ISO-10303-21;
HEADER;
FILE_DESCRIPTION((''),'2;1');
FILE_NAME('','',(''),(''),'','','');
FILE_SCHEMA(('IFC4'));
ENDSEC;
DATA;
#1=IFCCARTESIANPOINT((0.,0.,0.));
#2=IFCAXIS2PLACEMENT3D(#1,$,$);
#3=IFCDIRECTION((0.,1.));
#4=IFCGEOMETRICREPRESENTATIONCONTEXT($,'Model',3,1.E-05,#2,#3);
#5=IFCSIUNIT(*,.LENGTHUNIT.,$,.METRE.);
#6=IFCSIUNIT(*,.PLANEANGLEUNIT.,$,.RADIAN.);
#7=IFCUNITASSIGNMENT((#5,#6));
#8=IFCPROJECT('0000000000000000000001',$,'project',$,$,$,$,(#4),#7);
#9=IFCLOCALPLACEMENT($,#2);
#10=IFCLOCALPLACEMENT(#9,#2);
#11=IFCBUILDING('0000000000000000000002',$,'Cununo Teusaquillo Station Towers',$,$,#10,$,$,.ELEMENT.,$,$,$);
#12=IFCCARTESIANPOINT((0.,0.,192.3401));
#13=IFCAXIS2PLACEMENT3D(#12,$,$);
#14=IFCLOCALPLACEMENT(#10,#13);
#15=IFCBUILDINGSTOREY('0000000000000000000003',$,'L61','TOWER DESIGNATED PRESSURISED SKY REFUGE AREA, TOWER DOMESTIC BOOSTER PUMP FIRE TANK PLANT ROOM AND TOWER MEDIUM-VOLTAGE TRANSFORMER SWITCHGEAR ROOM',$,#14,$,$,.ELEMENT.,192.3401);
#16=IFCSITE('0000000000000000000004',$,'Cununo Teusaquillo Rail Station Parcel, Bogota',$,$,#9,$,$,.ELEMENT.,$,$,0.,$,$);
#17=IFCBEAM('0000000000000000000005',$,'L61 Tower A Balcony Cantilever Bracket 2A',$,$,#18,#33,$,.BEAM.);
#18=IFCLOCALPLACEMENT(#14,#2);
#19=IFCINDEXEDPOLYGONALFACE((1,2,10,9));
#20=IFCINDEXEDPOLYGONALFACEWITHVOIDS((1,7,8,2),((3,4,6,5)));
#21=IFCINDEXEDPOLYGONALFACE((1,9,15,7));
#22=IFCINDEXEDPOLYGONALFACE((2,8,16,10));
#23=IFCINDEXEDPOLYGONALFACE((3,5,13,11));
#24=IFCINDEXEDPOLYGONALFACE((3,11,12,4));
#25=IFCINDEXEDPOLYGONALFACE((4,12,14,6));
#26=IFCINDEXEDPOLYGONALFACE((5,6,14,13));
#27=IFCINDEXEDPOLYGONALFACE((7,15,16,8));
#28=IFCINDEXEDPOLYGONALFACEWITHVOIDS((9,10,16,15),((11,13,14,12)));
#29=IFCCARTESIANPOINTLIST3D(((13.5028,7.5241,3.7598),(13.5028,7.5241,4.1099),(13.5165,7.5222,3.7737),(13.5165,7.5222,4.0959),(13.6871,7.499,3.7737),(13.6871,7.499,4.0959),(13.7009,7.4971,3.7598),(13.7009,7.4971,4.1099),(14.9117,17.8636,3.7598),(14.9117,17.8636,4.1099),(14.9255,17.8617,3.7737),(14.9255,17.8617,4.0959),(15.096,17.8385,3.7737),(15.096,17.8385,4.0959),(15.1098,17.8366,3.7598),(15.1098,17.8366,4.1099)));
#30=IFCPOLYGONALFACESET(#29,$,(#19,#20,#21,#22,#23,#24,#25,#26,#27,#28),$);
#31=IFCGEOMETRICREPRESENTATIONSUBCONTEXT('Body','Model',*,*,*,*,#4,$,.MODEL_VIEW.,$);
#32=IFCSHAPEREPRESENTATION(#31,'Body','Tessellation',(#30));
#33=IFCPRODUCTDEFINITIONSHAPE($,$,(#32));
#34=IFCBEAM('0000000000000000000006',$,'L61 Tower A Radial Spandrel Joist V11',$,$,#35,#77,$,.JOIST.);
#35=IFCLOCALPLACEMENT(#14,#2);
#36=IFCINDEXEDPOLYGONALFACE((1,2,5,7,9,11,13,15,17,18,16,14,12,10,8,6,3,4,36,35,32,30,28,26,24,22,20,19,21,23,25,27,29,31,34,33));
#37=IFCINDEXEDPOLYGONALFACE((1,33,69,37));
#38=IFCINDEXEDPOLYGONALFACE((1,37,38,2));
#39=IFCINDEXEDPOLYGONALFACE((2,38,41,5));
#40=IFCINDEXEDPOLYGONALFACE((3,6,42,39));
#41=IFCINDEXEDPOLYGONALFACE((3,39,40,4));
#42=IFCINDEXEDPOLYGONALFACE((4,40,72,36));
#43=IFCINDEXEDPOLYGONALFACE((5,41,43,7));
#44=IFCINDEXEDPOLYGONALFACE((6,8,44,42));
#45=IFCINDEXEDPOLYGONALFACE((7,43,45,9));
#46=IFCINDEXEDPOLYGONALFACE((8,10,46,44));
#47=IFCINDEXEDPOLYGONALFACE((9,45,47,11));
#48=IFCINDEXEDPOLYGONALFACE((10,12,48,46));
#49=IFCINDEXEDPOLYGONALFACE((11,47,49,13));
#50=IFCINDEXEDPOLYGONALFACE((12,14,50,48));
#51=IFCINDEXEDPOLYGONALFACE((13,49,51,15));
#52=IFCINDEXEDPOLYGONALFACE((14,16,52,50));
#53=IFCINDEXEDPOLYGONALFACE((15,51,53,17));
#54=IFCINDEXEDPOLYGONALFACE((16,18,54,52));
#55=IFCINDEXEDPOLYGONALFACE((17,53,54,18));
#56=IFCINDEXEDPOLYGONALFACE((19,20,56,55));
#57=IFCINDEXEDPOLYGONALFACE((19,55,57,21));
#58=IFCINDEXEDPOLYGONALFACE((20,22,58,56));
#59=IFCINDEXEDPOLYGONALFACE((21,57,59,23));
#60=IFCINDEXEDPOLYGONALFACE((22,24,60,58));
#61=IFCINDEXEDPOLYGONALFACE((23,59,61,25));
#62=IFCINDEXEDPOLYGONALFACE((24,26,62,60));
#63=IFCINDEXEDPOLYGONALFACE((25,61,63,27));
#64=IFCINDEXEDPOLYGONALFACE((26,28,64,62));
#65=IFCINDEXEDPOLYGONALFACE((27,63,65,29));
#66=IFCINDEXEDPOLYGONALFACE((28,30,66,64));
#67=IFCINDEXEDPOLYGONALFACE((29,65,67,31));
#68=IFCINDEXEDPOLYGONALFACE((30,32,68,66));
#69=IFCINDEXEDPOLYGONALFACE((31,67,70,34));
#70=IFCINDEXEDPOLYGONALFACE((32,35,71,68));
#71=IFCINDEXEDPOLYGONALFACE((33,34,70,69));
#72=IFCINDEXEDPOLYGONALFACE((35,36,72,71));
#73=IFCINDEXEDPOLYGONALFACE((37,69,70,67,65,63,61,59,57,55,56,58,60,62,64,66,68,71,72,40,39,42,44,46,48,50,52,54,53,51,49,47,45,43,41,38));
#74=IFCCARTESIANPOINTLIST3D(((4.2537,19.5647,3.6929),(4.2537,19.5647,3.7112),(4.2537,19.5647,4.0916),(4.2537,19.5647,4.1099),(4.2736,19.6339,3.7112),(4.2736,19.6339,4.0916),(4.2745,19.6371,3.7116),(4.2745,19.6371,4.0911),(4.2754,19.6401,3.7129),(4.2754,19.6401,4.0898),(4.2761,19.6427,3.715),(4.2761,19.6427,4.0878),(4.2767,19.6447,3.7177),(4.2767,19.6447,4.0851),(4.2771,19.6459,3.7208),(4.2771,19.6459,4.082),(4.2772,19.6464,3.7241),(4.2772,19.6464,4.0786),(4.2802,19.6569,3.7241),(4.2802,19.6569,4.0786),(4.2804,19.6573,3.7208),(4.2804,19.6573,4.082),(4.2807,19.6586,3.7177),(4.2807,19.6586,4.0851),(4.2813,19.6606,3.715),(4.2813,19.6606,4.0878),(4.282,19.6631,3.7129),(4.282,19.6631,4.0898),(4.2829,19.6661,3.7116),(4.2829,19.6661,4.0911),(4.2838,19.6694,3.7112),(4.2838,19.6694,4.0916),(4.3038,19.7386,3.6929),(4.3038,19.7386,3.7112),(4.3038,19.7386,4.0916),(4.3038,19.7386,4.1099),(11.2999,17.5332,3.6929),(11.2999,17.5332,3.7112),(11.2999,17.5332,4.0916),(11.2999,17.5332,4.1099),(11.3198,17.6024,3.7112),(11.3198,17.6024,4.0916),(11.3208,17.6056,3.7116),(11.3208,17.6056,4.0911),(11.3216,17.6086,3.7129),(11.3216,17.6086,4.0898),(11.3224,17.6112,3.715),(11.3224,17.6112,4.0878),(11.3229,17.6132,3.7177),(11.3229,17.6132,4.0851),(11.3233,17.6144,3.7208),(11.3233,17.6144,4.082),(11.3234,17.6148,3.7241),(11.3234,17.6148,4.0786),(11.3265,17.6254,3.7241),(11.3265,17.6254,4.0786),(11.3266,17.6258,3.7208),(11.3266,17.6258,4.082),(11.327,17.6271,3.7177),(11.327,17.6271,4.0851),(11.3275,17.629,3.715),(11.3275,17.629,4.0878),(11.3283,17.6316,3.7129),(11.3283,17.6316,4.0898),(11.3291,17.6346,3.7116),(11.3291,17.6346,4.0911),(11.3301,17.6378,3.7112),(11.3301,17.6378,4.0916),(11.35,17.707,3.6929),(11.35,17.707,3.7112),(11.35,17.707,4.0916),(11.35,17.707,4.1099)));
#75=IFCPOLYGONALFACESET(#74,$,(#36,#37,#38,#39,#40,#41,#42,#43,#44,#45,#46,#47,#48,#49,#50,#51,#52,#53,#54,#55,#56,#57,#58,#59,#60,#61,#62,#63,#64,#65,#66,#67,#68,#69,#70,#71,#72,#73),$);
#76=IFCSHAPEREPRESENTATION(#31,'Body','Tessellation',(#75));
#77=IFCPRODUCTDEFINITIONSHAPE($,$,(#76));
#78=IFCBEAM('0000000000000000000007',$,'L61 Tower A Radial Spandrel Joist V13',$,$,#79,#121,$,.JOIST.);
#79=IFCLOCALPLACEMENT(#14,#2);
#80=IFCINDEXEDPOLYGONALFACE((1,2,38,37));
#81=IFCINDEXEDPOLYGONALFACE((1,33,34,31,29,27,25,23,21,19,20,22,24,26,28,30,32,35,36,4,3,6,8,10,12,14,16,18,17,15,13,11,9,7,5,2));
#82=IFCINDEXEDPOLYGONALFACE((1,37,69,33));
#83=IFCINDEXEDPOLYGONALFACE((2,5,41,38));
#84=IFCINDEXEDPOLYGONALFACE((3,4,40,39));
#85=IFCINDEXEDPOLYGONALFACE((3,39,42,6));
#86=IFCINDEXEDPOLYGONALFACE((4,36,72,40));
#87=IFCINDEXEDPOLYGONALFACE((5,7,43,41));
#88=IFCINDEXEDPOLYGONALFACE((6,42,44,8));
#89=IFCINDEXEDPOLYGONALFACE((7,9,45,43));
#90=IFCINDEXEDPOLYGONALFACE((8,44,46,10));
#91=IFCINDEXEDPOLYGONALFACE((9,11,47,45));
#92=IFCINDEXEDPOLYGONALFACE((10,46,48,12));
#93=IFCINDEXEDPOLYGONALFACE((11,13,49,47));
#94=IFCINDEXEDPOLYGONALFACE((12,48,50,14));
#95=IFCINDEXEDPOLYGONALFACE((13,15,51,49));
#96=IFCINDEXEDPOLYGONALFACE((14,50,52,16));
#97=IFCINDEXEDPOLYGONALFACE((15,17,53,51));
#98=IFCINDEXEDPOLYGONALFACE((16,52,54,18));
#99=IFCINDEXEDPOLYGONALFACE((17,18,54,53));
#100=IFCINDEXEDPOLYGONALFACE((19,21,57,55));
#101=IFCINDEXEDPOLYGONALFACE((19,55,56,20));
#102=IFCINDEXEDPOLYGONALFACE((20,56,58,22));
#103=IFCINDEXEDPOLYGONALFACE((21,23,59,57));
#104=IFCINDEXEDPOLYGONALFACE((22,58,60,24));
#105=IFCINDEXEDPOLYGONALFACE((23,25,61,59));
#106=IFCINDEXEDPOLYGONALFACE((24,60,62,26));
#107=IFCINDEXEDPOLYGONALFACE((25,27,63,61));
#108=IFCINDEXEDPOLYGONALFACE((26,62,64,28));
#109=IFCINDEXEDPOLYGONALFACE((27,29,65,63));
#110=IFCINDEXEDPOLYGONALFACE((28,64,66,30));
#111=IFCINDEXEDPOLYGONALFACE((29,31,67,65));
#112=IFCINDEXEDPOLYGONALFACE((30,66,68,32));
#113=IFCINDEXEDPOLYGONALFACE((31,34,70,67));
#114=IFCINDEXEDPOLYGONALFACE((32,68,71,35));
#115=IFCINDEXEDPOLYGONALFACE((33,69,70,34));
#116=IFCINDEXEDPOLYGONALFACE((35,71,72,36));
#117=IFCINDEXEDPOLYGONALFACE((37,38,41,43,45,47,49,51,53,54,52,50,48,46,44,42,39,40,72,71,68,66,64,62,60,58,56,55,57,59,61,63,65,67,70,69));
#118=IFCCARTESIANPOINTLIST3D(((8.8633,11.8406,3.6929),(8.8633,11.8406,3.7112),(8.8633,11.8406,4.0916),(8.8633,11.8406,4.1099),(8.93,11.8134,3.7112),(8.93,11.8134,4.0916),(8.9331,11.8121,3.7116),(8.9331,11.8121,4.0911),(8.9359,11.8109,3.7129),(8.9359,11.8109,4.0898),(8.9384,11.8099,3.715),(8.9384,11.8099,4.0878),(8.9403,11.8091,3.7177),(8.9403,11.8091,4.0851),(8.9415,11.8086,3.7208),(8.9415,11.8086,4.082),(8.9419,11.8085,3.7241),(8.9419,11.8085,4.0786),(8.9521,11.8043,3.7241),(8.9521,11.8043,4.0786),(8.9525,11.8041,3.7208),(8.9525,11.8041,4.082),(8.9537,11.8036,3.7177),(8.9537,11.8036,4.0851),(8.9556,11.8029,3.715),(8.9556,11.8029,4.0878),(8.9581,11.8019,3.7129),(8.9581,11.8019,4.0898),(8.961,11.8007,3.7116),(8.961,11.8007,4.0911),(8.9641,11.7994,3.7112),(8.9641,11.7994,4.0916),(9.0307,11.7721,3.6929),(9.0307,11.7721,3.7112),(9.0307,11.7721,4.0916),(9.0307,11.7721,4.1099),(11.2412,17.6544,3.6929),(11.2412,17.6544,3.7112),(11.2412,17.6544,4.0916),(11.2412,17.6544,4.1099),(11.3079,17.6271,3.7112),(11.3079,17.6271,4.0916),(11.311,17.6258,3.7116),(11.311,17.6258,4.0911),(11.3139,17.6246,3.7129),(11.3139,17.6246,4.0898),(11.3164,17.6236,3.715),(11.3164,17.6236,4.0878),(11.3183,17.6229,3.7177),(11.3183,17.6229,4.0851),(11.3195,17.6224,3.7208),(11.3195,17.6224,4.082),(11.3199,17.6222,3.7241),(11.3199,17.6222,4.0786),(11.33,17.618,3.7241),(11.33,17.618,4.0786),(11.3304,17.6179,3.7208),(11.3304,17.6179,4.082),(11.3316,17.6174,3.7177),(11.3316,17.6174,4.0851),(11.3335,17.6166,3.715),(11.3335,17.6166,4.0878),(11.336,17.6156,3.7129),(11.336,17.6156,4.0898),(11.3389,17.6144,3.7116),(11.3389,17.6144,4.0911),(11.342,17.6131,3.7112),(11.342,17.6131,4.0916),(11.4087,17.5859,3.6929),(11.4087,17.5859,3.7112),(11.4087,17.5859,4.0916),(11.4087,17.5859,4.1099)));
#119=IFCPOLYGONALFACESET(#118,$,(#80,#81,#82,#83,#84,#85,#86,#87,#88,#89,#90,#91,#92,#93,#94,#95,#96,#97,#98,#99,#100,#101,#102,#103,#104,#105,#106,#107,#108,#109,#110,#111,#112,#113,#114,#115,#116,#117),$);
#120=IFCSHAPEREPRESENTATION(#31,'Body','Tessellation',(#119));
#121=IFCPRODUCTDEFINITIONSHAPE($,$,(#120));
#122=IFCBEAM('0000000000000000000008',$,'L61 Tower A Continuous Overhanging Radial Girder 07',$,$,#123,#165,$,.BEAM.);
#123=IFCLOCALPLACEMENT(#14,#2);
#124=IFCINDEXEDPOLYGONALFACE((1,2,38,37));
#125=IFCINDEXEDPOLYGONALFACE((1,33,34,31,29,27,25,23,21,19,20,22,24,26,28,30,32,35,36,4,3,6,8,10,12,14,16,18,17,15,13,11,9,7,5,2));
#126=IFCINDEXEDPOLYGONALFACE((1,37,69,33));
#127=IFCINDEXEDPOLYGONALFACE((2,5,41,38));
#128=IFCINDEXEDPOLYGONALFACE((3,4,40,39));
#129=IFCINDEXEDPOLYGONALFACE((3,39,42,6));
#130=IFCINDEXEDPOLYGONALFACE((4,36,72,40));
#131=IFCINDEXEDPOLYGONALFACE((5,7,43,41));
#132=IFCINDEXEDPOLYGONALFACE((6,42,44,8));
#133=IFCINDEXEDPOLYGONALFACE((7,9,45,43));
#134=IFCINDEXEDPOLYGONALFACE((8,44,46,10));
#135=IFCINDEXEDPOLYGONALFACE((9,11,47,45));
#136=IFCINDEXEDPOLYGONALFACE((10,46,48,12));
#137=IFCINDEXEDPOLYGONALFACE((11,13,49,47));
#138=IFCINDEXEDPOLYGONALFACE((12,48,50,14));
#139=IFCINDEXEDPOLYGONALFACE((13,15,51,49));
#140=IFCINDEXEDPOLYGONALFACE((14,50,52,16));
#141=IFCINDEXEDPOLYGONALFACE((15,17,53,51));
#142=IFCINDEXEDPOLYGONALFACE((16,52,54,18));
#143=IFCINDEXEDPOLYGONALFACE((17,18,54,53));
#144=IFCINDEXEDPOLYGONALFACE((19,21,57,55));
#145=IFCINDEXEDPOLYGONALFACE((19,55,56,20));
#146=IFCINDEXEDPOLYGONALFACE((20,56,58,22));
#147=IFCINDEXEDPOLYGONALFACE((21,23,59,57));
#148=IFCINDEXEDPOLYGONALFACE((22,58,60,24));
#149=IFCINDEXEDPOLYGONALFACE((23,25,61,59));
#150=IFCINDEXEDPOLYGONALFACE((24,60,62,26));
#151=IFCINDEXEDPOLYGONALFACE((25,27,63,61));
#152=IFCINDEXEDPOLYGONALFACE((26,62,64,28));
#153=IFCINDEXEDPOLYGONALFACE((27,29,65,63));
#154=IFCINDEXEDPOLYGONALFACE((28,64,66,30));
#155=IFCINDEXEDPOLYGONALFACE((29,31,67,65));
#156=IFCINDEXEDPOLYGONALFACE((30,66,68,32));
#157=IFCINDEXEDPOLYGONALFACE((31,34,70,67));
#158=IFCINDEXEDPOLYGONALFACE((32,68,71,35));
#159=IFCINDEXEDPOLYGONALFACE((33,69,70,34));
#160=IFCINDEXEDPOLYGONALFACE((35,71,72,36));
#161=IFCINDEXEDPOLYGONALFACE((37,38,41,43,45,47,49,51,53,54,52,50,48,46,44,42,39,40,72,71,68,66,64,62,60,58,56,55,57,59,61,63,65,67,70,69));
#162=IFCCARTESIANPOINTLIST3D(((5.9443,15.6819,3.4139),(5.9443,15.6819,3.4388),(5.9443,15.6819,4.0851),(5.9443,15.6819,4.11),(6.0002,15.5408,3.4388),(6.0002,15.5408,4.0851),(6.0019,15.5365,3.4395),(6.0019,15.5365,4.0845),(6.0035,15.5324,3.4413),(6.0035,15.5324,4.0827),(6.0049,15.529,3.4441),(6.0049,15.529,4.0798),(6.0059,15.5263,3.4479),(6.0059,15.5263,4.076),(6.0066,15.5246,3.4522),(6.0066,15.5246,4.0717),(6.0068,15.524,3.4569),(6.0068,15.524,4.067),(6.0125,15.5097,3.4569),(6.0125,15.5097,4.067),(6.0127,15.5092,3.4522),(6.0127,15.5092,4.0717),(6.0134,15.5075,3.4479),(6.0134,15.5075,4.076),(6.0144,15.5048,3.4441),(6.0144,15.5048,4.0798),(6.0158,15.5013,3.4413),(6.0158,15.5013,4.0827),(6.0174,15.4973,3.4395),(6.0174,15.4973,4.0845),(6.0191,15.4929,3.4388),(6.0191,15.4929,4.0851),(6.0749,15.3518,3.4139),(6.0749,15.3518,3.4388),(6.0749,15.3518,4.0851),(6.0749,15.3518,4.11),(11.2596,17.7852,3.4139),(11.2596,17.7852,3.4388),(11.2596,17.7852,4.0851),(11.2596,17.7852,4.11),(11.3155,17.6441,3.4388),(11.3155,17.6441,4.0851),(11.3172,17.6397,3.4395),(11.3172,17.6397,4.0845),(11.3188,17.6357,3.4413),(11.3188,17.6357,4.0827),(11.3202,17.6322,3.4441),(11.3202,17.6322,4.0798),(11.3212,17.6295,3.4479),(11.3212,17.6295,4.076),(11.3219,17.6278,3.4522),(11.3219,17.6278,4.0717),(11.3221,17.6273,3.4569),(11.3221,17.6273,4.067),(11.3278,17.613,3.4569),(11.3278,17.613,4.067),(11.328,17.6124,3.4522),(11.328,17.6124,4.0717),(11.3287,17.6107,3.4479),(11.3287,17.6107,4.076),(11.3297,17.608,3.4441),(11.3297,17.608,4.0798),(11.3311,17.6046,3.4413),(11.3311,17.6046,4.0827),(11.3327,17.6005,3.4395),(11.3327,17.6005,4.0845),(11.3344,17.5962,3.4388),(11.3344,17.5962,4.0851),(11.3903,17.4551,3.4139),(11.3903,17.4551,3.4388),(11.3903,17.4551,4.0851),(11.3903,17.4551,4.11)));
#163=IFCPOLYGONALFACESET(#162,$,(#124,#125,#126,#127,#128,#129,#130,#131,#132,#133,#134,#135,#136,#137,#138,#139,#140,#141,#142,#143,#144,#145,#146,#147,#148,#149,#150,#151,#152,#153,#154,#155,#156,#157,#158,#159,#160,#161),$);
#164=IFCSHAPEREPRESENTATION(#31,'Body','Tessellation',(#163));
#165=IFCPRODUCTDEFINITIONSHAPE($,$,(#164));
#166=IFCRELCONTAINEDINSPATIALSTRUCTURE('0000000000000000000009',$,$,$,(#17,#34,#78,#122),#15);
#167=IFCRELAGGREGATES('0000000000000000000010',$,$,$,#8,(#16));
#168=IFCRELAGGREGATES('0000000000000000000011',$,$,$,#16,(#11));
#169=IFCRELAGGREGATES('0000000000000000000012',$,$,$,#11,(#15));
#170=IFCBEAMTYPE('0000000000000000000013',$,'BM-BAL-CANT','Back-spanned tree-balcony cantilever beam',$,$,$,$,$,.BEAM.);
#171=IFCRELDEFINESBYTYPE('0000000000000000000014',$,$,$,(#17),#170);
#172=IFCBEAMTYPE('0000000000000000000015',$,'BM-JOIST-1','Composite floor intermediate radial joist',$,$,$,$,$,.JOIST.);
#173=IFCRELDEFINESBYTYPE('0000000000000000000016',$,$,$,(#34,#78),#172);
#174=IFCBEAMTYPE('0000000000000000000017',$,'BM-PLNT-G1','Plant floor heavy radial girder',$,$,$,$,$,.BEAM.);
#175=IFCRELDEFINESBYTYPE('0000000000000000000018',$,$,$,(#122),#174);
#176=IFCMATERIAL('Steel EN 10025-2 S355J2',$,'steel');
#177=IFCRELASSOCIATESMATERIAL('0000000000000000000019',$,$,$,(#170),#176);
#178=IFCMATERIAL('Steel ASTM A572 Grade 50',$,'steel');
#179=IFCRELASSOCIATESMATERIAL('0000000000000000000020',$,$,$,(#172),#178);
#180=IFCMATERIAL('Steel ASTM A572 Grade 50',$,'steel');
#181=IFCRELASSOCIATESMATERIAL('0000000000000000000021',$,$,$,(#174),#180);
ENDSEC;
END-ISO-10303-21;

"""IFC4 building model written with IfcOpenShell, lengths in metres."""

from ifc_helpers import new_model, si_unit, direction, frame, origin, origin_2d, place, context, subcontext, project, spatial, hollow_rectangle, i_section, extrude, material, material_profile, profile_set, type_object, element, save


model = new_model("IFC4")

# Units and contexts
model_context = context("Model", 3, precision=1e-05, world=origin(), true_north=direction((0.0, 1.0)))
body_context = subcontext(model_context, "Body", "Model", "MODEL_VIEW")
ifc_project = project(units=[si_unit("LENGTHUNIT", "METRE"), si_unit("PLANEANGLEUNIT", "RADIAN")], contexts=[model_context])

# Site, building, storey
site_placement = place(None, origin())
site = spatial("IfcSite", under=ifc_project, at=site_placement, Name="Cununo Teusaquillo Rail Station Parcel, Bogota", CompositionType="ELEMENT", RefElevation=0.0)
building_placement = place(site_placement, origin())
building = spatial("IfcBuilding", under=site, at=building_placement, Name="Cununo Teusaquillo Station Towers", CompositionType="ELEMENT")
storey_placement = place(building_placement, frame((0.0, 0.0, 192.3401)))
storey = spatial("IfcBuildingStorey", under=building, at=storey_placement, Name="L61", Description="TOWER DESIGNATED PRESSURISED SKY REFUGE AREA, TOWER DOMESTIC BOOSTER PUMP FIRE TANK PLANT ROOM AND TOWER MEDIUM-VOLTAGE TRANSFORMER SWITCHGEAR ROOM", CompositionType="ELEMENT", Elevation=192.3401)

# Beams
ifc_material_1 = material(Name="Steel EN 10025-2 S355J2", Category="steel")
ifc_material_profile_1 = material_profile(ifc_material_1, hollow_rectangle(XDim=0.2, YDim=0.3501, WallThickness=0.0139, at=origin_2d()), Name="RHS 350x200x14")
ifc_profile_set_1 = profile_set([ifc_material_profile_1], Name="Steel EN 10025-2 S355J2")
beam_type_1 = type_object("IfcBeamType", Name="BM-BAL-CANT", Description="Back-spanned tree-balcony cantilever beam", PredefinedType="BEAM", material=ifc_profile_set_1)
beam_1_placement = place(storey_placement, frame((15.0107, 17.8501, 3.9348), z_axis=(-0.135018, -0.990843, 0.0), x_axis=(0.990843, -0.135018, 0.0)))
element("IfcBeam", 1, at=beam_1_placement, inside=storey, type_object=beam_type_1, Name="L61 Tower A Balcony Cantilever Bracket 2A", PredefinedType="BEAM", context=body_context, shape_type="SweptSolid", body=[
    extrude(hollow_rectangle(XDim=0.2, YDim=0.3501, WallThickness=0.0139, at=origin_2d()), origin(), (0.0, 0.0, 1.0), 10.4351),
])
ifc_material_2 = material(Name="Steel ASTM A572 Grade 50", Category="steel")
ifc_material_profile_2 = material_profile(ifc_material_2, i_section(OverallWidth=0.1809, OverallDepth=0.417, WebThickness=0.011, FlangeThickness=0.0183, FilletRadius=0.0129, at=origin_2d()), Name="W16X57")
ifc_profile_set_2 = profile_set([ifc_material_profile_2], Name="Steel ASTM A572 Grade 50")
beam_type_2 = type_object("IfcBeamType", Name="BM-JOIST-1", Description="Composite floor intermediate radial joist", PredefinedType="JOIST", material=ifc_profile_set_2)
beam_2_placement = place(storey_placement, frame((11.325, 17.6201, 3.9014), z_axis=(-0.960862, 0.277029, 0.0), x_axis=(-0.277029, -0.960862, 0.0)))
element("IfcBeam", 2, at=beam_2_placement, inside=storey, type_object=beam_type_2, Name="L61 Tower A Radial Spandrel Joist V11", PredefinedType="JOIST", context=body_context, shape_type="SweptSolid", body=[
    extrude(i_section(OverallWidth=0.1809, OverallDepth=0.417, WebThickness=0.011, FlangeThickness=0.0183, FilletRadius=0.0129, at=origin_2d()), origin(), (0.0, 0.0, 1.0), 7.3333),
])
beam_3_placement = place(storey_placement, frame((11.325, 17.6201, 3.9014), z_axis=(-0.378577, -0.92557, 0.0), x_axis=(0.92557, -0.378577, 0.0)))
element("IfcBeam", 3, at=beam_3_placement, inside=storey, type_object=beam_type_2, Name="L61 Tower A Radial Spandrel Joist V13", PredefinedType="JOIST", context=body_context, shape_type="SweptSolid", body=[
    extrude(i_section(OverallWidth=0.1809, OverallDepth=0.417, WebThickness=0.011, FlangeThickness=0.0183, FilletRadius=0.0129, at=origin_2d()), origin(), (0.0, 0.0, 1.0), 6.2812),
])
ifc_material_3 = material(Name="Steel ASTM A572 Grade 50", Category="steel")
ifc_material_profile_3 = material_profile(ifc_material_3, i_section(OverallWidth=0.355, OverallDepth=0.696, WebThickness=0.0154, FlangeThickness=0.0249, FilletRadius=0.0181, at=origin_2d()), Name="W27X146")
ifc_profile_set_3 = profile_set([ifc_material_profile_3], Name="Steel ASTM A572 Grade 50")
beam_type_3 = type_object("IfcBeamType", Name="BM-PLNT-G1", Description="Plant floor heavy radial girder", PredefinedType="BEAM", material=ifc_profile_set_3)
beam_4_placement = place(storey_placement, frame((11.325, 17.6201, 3.762), z_axis=(-0.929852, -0.367935, 0.0), x_axis=(0.367935, -0.929852, 0.0)))
element("IfcBeam", 4, at=beam_4_placement, inside=storey, type_object=beam_type_3, Name="L61 Tower A Continuous Overhanging Radial Girder 07", PredefinedType="BEAM", context=body_context, shape_type="SweptSolid", body=[
    extrude(i_section(OverallWidth=0.355, OverallDepth=0.696, WebThickness=0.0154, FlangeThickness=0.0249, FilletRadius=0.0181, at=origin_2d()), origin(), (0.0, 0.0, 1.0), 5.7163),
])

save(model, "model.ifc")
